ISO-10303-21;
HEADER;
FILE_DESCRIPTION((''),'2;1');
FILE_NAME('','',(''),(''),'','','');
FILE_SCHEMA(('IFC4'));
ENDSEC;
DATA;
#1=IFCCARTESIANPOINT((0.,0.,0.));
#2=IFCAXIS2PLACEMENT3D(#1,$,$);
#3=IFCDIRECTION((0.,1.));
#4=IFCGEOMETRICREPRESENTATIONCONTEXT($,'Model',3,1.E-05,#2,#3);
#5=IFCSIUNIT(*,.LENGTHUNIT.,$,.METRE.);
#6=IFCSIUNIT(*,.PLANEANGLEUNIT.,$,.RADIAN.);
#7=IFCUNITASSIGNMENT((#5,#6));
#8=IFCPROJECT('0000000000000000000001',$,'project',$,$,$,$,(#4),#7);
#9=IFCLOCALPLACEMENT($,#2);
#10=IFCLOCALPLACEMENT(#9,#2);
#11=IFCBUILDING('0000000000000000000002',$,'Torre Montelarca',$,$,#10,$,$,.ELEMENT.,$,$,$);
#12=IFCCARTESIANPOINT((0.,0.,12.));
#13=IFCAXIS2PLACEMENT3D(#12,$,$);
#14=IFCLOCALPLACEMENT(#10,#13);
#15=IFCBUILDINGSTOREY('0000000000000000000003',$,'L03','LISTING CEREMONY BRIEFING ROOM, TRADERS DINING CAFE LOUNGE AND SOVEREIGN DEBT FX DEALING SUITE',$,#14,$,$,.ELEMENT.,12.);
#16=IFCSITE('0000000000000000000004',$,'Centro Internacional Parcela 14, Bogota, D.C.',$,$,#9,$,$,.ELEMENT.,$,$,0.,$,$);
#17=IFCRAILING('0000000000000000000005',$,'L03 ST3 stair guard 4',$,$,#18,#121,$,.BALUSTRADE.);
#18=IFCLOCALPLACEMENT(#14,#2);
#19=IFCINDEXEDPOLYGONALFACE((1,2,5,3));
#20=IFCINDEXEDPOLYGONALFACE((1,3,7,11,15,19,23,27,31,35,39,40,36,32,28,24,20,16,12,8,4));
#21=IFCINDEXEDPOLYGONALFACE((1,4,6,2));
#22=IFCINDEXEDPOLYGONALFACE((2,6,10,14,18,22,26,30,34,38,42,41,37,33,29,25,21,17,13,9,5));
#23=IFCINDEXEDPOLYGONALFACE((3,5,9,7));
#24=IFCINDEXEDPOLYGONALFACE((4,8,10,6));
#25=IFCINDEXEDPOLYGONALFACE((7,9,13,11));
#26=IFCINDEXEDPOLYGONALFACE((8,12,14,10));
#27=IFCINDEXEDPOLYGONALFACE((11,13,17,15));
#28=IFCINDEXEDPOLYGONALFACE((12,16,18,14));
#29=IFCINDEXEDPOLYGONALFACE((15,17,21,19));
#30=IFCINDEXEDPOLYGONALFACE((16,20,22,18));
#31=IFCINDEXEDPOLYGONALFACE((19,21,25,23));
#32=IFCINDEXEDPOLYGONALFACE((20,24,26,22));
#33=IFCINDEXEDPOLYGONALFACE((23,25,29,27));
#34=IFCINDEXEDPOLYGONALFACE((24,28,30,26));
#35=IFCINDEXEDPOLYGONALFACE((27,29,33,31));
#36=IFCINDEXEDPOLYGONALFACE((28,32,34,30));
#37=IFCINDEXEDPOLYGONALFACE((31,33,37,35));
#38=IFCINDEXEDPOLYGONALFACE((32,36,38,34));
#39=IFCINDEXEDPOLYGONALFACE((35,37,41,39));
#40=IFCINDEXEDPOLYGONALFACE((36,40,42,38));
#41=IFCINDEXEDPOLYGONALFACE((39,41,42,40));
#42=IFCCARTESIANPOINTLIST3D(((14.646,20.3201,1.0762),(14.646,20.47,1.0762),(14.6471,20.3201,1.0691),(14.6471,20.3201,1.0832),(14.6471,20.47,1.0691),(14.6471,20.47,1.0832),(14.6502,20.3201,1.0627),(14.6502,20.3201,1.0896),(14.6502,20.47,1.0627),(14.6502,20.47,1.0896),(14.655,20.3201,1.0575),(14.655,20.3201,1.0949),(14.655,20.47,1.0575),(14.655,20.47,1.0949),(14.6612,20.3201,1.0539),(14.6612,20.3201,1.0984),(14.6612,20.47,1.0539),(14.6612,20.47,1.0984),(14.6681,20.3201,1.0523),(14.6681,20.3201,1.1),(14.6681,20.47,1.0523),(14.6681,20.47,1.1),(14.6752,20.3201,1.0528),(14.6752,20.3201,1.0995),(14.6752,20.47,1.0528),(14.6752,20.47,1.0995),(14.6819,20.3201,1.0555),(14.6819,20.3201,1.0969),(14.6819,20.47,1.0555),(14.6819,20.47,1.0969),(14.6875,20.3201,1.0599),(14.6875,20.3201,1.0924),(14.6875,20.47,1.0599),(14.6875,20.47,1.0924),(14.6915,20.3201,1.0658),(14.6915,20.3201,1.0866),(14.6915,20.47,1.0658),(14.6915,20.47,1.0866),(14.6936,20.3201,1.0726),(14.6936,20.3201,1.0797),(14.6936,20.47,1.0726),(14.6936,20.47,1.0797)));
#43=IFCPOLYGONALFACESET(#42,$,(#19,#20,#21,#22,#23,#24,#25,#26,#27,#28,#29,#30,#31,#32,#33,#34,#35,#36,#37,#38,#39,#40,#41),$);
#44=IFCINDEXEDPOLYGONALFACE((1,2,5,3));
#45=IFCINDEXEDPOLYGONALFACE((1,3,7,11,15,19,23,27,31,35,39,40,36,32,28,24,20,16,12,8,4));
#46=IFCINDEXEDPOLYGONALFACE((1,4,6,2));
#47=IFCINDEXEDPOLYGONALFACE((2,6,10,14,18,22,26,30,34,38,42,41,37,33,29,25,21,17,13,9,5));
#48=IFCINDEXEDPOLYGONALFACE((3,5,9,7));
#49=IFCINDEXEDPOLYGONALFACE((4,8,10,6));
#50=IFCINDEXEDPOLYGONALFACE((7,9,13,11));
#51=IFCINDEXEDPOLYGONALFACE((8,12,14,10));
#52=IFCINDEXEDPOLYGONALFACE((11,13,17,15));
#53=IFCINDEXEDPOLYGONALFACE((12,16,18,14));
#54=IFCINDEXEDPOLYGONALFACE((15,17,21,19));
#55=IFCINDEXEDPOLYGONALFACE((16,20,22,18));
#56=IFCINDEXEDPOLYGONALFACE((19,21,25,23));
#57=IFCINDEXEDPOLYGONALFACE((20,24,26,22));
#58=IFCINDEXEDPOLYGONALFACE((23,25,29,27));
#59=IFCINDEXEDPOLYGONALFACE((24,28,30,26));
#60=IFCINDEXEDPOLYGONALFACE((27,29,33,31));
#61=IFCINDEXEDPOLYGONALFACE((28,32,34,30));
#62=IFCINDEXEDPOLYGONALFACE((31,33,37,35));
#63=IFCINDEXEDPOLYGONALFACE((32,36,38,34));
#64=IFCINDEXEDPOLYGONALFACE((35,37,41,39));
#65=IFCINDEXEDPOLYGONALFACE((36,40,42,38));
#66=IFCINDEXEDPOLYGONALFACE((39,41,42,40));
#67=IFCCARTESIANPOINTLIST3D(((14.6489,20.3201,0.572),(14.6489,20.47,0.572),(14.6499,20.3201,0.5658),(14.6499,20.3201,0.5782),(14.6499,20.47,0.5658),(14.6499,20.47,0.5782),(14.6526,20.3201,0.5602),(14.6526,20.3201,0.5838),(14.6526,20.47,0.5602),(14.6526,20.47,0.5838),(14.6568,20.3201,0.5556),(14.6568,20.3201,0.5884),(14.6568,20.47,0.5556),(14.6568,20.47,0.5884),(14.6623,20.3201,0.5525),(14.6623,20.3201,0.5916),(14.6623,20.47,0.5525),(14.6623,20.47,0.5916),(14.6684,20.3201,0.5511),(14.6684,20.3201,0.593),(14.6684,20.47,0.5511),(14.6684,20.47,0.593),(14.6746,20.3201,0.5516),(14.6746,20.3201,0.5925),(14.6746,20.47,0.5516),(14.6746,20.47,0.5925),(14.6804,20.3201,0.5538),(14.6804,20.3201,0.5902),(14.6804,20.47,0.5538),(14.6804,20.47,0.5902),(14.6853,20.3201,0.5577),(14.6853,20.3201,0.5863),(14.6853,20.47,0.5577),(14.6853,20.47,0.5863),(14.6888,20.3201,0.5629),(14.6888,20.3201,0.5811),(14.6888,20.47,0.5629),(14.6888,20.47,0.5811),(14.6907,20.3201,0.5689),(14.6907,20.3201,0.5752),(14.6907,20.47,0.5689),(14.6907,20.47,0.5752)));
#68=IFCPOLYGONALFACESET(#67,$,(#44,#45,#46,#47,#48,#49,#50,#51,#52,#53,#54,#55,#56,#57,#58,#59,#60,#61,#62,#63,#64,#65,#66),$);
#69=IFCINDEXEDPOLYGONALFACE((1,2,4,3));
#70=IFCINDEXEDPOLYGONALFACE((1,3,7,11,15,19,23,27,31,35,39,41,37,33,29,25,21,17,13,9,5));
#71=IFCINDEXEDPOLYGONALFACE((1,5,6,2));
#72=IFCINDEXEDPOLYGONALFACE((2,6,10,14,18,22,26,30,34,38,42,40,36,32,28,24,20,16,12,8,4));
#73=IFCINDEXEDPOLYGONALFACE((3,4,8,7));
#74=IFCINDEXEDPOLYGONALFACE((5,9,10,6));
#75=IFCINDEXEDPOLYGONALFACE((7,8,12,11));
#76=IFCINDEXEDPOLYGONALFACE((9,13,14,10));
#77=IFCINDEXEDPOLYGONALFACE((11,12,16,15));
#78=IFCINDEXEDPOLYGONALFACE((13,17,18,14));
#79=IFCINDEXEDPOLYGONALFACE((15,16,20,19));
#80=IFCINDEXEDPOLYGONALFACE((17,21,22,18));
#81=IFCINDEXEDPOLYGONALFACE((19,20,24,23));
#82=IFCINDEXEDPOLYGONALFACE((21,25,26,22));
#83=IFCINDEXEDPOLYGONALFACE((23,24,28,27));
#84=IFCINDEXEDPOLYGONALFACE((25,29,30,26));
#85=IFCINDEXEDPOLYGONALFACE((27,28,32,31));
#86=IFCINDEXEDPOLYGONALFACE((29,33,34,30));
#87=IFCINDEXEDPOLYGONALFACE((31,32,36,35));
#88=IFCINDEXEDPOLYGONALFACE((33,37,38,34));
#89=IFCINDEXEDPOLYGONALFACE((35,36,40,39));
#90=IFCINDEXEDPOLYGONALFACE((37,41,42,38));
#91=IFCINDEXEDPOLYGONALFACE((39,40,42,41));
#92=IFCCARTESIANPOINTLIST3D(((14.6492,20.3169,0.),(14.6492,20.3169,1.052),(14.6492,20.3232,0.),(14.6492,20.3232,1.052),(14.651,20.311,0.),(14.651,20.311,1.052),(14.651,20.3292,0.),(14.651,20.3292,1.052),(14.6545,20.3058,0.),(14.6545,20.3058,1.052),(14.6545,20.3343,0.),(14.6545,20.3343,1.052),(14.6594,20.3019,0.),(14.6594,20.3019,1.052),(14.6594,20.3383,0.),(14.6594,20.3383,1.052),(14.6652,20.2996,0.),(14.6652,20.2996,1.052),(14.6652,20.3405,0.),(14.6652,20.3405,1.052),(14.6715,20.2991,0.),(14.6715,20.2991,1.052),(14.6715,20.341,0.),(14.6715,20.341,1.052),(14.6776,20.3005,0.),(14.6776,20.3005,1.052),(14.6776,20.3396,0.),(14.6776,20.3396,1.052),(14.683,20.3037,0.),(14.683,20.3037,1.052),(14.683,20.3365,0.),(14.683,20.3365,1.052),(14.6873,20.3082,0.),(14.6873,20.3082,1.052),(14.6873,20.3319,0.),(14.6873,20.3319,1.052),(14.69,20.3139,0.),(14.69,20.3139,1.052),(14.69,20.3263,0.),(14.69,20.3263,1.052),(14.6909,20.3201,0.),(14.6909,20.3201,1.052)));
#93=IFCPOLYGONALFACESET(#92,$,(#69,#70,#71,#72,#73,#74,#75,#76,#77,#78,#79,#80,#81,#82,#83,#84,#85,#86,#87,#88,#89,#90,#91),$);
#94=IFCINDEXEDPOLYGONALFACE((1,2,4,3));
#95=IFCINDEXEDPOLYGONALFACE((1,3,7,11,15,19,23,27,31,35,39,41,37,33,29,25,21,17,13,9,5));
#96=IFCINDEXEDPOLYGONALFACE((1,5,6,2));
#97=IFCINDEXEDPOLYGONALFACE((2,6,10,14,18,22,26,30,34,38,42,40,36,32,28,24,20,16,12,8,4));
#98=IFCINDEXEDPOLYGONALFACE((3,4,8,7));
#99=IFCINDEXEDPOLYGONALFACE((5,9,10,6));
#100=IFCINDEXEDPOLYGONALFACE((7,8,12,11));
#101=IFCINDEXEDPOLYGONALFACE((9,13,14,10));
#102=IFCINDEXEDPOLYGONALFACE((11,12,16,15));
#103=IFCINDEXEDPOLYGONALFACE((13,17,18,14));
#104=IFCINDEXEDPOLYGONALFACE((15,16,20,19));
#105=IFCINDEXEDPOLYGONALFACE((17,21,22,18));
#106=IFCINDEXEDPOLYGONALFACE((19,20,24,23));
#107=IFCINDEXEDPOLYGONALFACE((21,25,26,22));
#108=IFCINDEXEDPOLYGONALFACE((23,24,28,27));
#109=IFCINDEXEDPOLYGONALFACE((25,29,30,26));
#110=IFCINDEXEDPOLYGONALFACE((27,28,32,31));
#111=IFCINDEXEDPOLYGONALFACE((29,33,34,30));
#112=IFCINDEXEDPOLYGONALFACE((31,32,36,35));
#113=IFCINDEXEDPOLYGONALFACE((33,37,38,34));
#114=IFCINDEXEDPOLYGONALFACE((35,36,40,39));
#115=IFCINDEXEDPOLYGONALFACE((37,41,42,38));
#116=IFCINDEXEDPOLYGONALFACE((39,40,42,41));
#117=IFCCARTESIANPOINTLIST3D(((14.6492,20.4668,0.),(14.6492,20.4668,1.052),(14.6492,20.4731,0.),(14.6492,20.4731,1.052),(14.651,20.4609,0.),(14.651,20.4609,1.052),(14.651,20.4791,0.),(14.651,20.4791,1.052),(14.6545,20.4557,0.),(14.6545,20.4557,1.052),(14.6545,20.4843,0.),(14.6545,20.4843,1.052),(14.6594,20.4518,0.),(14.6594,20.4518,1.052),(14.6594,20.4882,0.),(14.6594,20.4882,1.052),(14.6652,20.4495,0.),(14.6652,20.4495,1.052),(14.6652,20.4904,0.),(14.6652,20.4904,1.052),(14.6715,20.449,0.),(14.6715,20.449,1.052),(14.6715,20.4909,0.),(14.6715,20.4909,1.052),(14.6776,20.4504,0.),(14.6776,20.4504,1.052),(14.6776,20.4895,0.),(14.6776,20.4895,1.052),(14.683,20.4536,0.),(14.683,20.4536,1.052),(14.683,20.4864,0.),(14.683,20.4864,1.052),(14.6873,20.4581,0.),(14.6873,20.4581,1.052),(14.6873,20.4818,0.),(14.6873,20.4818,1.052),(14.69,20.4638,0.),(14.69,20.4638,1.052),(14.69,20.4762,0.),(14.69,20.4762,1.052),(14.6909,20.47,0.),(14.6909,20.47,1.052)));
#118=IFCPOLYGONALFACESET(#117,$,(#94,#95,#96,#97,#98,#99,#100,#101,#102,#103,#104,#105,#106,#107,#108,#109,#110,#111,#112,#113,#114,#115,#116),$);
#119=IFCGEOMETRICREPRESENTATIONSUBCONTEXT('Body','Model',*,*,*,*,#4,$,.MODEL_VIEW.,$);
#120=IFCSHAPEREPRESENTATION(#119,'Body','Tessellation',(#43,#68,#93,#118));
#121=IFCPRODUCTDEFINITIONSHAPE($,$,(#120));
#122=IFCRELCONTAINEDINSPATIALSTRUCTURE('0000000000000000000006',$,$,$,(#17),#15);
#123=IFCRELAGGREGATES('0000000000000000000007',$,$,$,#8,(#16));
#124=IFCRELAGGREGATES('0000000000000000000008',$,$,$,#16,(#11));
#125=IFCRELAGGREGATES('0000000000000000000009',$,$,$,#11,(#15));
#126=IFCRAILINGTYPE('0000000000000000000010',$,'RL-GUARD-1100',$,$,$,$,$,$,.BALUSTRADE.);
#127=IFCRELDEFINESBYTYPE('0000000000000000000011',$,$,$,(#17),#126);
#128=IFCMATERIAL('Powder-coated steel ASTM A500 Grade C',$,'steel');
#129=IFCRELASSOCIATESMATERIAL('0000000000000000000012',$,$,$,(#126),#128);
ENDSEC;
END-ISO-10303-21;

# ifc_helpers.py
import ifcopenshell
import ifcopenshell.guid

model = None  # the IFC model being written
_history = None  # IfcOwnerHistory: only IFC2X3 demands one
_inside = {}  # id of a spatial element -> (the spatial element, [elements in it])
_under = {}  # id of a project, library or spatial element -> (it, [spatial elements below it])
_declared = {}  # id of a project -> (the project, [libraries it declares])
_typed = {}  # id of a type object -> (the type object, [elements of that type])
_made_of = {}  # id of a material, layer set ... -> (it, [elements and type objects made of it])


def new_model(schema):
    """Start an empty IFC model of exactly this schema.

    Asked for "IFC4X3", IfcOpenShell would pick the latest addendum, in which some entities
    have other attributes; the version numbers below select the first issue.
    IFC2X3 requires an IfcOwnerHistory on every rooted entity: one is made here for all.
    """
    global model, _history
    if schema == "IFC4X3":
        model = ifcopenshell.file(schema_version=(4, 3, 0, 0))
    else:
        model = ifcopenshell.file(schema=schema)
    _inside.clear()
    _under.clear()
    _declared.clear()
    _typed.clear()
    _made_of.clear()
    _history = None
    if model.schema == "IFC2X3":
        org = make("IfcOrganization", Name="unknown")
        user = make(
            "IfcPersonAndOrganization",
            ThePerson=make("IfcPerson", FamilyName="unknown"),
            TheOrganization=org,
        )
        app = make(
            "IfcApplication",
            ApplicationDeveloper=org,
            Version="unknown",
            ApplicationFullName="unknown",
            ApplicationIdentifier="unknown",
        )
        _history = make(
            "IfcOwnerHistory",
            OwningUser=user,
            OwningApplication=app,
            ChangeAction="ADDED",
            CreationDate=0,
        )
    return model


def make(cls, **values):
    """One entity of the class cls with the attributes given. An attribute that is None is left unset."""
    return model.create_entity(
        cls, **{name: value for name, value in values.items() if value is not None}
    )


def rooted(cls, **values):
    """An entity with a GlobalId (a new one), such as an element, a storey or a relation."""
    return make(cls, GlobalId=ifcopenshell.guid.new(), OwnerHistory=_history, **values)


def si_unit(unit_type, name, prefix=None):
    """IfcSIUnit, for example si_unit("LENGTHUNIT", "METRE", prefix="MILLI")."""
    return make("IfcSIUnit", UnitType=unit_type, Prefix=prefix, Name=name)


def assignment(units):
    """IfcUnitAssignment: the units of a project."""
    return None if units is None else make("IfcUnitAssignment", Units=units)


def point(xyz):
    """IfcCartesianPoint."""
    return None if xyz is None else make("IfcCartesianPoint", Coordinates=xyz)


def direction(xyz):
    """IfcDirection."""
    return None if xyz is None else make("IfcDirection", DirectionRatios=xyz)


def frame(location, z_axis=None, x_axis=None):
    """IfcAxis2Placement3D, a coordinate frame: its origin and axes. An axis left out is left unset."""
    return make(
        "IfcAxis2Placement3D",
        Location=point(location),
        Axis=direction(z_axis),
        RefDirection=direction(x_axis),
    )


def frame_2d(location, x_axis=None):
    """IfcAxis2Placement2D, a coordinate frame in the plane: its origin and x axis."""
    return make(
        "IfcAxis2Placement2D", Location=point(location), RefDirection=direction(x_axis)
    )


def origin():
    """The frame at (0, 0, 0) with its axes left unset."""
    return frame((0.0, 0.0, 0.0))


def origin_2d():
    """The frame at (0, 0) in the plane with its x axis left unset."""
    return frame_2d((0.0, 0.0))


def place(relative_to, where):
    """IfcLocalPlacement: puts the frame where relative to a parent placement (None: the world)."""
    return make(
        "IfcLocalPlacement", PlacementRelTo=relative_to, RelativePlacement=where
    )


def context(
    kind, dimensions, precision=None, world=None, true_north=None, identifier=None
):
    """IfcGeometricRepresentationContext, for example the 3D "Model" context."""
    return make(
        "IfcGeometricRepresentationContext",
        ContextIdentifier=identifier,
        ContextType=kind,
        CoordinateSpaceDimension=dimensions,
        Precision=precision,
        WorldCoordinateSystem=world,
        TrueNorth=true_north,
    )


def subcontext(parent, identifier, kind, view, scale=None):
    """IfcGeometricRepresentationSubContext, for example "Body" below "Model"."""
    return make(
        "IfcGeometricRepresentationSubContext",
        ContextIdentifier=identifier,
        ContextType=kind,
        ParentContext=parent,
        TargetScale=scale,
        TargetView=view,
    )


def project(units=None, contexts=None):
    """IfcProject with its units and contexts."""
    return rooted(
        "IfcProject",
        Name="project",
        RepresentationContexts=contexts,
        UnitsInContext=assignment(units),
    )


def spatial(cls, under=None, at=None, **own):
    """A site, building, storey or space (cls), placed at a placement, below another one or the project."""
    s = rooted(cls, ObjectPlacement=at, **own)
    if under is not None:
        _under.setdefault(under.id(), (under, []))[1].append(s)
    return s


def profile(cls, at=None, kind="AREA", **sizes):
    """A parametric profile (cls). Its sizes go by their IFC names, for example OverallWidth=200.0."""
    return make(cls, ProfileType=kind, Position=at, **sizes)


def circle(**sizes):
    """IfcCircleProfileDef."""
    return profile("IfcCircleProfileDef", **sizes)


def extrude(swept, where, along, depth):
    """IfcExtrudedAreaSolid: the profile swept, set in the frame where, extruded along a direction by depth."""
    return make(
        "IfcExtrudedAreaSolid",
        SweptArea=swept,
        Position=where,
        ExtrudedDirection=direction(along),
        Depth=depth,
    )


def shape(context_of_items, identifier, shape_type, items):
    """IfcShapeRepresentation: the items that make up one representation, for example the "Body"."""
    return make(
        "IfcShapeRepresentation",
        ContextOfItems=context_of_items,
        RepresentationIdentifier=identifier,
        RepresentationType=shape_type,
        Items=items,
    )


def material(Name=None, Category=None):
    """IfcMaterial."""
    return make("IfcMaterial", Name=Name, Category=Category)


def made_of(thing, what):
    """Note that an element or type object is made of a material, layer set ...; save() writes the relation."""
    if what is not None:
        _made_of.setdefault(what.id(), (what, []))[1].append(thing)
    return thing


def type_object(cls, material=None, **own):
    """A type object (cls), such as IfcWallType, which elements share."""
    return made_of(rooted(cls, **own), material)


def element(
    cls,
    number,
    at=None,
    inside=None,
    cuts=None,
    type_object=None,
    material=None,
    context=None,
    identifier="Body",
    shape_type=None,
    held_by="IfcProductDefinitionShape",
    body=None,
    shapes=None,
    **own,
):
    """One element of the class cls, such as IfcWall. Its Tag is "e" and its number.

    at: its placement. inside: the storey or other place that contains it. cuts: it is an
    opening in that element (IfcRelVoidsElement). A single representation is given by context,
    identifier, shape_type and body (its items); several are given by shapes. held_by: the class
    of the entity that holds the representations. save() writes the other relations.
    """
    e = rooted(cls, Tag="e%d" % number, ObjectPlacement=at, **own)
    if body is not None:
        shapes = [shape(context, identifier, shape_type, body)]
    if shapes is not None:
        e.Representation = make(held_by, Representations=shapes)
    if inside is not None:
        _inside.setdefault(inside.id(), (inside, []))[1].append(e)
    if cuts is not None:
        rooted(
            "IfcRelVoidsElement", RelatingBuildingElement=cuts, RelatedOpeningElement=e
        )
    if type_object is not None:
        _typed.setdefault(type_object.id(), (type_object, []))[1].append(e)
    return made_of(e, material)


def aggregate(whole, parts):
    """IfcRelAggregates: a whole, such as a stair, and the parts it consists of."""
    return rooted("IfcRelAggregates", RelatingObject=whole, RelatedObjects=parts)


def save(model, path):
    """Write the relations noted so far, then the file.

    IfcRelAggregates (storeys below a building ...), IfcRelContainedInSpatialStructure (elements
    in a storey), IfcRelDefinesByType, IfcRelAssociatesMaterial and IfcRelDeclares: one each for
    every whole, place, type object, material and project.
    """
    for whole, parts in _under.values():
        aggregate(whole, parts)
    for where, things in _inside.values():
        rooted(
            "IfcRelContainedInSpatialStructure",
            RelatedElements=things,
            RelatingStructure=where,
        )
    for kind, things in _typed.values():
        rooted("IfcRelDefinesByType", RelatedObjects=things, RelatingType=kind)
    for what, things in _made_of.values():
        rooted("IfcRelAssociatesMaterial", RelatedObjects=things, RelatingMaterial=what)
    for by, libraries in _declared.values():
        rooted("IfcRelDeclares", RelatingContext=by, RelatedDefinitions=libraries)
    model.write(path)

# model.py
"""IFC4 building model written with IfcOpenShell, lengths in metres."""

from ifc_helpers import new_model, si_unit, direction, frame, origin, origin_2d, place, context, subcontext, project, spatial, circle, extrude, material, type_object, element, save


model = new_model("IFC4")

# Units and contexts
model_context = context("Model", 3, precision=1e-05, world=origin(), true_north=direction((0.0, 1.0)))
body_context = subcontext(model_context, "Body", "Model", "MODEL_VIEW")
ifc_project = project(units=[si_unit("LENGTHUNIT", "METRE"), si_unit("PLANEANGLEUNIT", "RADIAN")], contexts=[model_context])

# Site, building, storey
site_placement = place(None, origin())
site = spatial("IfcSite", under=ifc_project, at=site_placement, Name="Centro Internacional Parcela 14, Bogota, D.C.", CompositionType="ELEMENT", RefElevation=0.0)
building_placement = place(site_placement, origin())
building = spatial("IfcBuilding", under=site, at=building_placement, Name="Torre Montelarca", CompositionType="ELEMENT")
storey_placement = place(building_placement, frame((0.0, 0.0, 12.0)))
storey = spatial("IfcBuildingStorey", under=building, at=storey_placement, Name="L03", Description="LISTING CEREMONY BRIEFING ROOM, TRADERS DINING CAFE LOUNGE AND SOVEREIGN DEBT FX DEALING SUITE", CompositionType="ELEMENT", Elevation=12.0)

# Railing
ifc_material_1 = material(Name="Powder-coated steel ASTM A500 Grade C", Category="steel")
railing_type_1 = type_object("IfcRailingType", Name="RL-GUARD-1100", PredefinedType="BALUSTRADE", material=ifc_material_1)
railing_1_placement = place(storey_placement, frame((14.6699, 20.3201, 0.0)))
element("IfcRailing", 1, at=railing_1_placement, inside=storey, type_object=railing_type_1, Name="L03 ST3 stair guard 4", PredefinedType="BALUSTRADE", context=body_context, shape_type="SweptSolid", body=[
    extrude(circle(Radius=0.0239, at=origin_2d()), frame((0.0, 0.0, 1.0762), z_axis=(0.0, 1.0, 0.0), x_axis=(-1.0, 0.0, 0.0)), (0.0, 0.0, 1.0), 0.1499),
    extrude(circle(Radius=0.021, at=origin_2d()), frame((0.0, 0.0, 0.572), z_axis=(0.0, 1.0, 0.0), x_axis=(-1.0, 0.0, 0.0)), (0.0, 0.0, 1.0), 0.1499),
    extrude(circle(Radius=0.021, at=origin_2d()), origin(), (0.0, 0.0, 1.0), 1.052),
    extrude(circle(Radius=0.021, at=origin_2d()), frame((0.0, 0.1499, 0.0)), (0.0, 0.0, 1.0), 1.052),
])

save(model, "model.ifc")
